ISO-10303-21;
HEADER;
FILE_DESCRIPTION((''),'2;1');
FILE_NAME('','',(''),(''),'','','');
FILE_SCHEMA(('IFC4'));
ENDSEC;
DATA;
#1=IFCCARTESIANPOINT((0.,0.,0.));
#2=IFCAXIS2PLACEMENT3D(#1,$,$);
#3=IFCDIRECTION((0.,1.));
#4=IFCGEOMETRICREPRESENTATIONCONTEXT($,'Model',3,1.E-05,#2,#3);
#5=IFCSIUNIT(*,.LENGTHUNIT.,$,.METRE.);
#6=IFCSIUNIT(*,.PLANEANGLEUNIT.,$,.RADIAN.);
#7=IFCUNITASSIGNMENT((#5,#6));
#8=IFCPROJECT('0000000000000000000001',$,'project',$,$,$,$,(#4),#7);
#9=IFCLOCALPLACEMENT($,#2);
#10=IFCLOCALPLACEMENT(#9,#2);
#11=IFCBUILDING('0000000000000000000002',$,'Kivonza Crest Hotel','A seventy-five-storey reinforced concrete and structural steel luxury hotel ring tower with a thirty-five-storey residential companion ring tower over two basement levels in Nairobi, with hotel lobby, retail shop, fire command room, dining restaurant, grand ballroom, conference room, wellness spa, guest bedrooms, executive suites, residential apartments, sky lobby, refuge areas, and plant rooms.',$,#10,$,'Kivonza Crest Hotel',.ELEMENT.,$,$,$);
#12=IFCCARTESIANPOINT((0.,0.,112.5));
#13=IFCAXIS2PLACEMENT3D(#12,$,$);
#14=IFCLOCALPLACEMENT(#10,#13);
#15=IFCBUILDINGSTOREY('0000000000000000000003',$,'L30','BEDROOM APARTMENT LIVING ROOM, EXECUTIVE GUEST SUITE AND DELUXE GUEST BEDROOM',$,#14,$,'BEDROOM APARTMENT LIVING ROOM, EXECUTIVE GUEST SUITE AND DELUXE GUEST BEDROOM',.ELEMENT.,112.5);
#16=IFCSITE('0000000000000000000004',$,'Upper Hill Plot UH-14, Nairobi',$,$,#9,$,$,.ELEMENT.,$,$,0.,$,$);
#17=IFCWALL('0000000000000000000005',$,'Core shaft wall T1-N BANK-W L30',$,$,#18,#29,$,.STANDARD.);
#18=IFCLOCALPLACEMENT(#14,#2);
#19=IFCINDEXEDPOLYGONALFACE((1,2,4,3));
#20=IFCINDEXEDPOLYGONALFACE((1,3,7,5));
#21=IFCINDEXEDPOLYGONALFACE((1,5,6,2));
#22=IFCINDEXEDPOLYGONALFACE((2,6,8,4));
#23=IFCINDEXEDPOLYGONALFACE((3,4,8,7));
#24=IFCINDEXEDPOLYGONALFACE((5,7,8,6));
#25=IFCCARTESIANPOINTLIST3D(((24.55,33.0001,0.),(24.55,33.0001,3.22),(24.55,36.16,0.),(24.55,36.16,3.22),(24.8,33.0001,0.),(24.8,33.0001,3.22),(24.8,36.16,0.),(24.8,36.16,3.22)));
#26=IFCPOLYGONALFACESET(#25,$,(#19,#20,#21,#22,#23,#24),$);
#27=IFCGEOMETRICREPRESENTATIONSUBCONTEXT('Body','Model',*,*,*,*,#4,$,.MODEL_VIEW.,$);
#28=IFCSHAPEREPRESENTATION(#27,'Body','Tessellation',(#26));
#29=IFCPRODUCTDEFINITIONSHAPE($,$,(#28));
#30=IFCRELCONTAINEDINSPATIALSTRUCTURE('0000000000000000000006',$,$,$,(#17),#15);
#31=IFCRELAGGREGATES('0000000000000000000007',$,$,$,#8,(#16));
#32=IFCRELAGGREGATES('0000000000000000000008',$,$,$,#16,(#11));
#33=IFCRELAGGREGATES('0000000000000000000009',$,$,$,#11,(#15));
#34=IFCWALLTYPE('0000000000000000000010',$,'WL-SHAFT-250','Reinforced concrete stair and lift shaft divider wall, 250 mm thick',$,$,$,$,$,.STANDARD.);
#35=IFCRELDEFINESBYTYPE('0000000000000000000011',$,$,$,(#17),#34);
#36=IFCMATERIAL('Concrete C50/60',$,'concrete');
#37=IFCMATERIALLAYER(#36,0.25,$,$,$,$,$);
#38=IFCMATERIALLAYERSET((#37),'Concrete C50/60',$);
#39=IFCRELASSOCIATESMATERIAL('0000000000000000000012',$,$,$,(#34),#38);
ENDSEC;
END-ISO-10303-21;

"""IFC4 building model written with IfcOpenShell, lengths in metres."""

from ifc_helpers import new_model, si_unit, direction, frame, frame_2d, origin, place, context, subcontext, project, spatial, rectangle, extrude, material, layer, layer_set, type_object, element, save


model = new_model("IFC4")

# Units and contexts
model_context = context("Model", 3, precision=1e-05, world=origin(), true_north=direction((0.0, 1.0)))
body_context = subcontext(model_context, "Body", "Model", "MODEL_VIEW")
ifc_project = project(units=[si_unit("LENGTHUNIT", "METRE"), si_unit("PLANEANGLEUNIT", "RADIAN")], contexts=[model_context])

# Site, building, storey
site_placement = place(None, origin())
site = spatial("IfcSite", under=ifc_project, at=site_placement, Name="Upper Hill Plot UH-14, Nairobi", CompositionType="ELEMENT", RefElevation=0.0)
building_placement = place(site_placement, origin())
building = spatial("IfcBuilding", under=site, at=building_placement, Name="Kivonza Crest Hotel", Description="A seventy-five-storey reinforced concrete and structural steel luxury hotel ring tower with a thirty-five-storey residential companion ring tower over two basement levels in Nairobi, with hotel lobby, retail shop, fire command room, dining restaurant, grand ballroom, conference room, wellness spa, guest bedrooms, executive suites, residential apartments, sky lobby, refuge areas, and plant rooms.", LongName="Kivonza Crest Hotel", CompositionType="ELEMENT")
storey_placement = place(building_placement, frame((0.0, 0.0, 112.5)))
storey = spatial("IfcBuildingStorey", under=building, at=storey_placement, Name="L30", Description="BEDROOM APARTMENT LIVING ROOM, EXECUTIVE GUEST SUITE AND DELUXE GUEST BEDROOM", LongName="BEDROOM APARTMENT LIVING ROOM, EXECUTIVE GUEST SUITE AND DELUXE GUEST BEDROOM", CompositionType="ELEMENT", Elevation=112.5)

# Shared definitions
ifc_material_1 = material(Name="Concrete C50/60", Category="concrete")
ifc_layer_1 = layer(ifc_material_1, 0.25)
ifc_layer_set_1 = layer_set([ifc_layer_1], Name="Concrete C50/60")
wall_type_1 = type_object("IfcWallType", Name="WL-SHAFT-250", Description="Reinforced concrete stair and lift shaft divider wall, 250 mm thick", PredefinedType="STANDARD", material=ifc_layer_set_1)

# Wall
for number, where, z_axis, x_axis, name in (
    (1, (24.675, 33.0, 0.0), (0.0, 0.0, 1.0), (0.0, 1.0, 0.0), "Core shaft wall T1-N BANK-W L30"),
):
    element("IfcWall", number, at=place(storey_placement, frame(where, z_axis=z_axis, x_axis=x_axis)), inside=storey, type_object=wall_type_1, Name=name, PredefinedType="STANDARD", context=body_context, shape_type="SweptSolid", body=[
        extrude(rectangle(XDim=3.1599, YDim=0.25, at=frame_2d((1.5801, 0.0))), origin(), (0.0, 0.0, 1.0), 3.22),
    ])

save(model, "model.ifc")
